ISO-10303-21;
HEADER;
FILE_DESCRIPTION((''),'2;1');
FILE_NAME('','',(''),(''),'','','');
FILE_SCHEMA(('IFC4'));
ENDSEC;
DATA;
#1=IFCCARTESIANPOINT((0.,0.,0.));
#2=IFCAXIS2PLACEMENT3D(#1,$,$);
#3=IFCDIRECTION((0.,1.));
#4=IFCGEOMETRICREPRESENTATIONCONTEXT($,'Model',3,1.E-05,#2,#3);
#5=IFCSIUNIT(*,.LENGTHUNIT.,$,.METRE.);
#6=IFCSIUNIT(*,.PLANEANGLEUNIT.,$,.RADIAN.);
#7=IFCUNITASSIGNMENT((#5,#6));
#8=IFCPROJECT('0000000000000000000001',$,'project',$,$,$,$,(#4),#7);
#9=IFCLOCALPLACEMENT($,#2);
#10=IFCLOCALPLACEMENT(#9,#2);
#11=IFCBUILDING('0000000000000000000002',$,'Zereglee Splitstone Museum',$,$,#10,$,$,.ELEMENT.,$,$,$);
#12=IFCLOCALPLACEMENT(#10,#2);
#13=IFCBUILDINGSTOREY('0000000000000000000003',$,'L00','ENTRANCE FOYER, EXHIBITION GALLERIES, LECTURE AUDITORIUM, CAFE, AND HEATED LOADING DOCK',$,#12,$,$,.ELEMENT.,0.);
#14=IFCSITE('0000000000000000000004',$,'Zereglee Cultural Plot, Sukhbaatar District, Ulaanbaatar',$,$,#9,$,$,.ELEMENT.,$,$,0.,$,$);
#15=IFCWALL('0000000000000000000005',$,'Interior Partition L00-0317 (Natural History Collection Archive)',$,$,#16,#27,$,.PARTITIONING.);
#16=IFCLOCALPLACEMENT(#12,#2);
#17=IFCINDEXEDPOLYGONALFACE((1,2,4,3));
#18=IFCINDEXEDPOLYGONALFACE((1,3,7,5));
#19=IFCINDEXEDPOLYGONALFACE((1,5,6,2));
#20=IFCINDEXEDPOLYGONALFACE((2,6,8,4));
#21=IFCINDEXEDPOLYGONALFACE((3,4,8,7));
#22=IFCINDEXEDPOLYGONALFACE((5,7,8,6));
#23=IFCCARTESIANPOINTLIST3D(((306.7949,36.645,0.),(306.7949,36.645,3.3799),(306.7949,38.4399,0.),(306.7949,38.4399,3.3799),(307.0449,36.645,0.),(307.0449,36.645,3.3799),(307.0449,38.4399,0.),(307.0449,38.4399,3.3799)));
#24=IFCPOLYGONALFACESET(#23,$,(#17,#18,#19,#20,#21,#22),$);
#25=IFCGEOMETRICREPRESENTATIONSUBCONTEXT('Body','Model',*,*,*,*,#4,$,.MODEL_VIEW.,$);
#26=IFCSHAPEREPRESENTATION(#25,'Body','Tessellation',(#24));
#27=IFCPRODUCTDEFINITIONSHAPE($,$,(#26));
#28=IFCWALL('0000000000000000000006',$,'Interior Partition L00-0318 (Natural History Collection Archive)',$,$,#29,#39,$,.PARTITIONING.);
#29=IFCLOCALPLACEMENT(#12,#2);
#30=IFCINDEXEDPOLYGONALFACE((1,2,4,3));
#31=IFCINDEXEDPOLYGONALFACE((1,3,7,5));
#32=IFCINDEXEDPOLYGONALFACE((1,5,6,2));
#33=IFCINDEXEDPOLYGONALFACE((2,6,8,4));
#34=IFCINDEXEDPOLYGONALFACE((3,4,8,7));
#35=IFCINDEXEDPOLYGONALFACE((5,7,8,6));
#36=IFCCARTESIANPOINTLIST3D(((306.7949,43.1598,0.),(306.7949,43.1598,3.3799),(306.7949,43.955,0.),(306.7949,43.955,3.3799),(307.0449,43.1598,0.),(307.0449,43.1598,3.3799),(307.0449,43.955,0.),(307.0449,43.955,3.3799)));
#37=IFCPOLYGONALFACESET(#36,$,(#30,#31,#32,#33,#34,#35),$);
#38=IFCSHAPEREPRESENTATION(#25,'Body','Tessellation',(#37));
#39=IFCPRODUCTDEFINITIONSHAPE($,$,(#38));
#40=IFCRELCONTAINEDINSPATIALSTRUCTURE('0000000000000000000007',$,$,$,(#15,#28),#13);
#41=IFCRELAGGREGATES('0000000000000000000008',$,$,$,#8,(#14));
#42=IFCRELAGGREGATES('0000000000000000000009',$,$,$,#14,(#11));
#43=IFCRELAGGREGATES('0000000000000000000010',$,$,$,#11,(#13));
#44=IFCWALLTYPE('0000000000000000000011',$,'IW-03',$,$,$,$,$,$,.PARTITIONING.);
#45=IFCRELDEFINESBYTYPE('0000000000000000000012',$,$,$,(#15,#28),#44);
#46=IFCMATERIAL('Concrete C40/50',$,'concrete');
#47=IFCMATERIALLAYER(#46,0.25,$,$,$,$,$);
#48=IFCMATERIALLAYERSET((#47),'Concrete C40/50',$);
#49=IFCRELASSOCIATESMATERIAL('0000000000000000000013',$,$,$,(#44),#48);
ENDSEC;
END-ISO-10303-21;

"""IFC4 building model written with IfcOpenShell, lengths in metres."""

from ifc_helpers import new_model, si_unit, direction, frame, frame_2d, origin, place, context, subcontext, project, spatial, rectangle, extrude, material, layer, layer_set, type_object, element, save


model = new_model("IFC4")

# Units and contexts
model_context = context("Model", 3, precision=1e-05, world=origin(), true_north=direction((0.0, 1.0)))
body_context = subcontext(model_context, "Body", "Model", "MODEL_VIEW")
ifc_project = project(units=[si_unit("LENGTHUNIT", "METRE"), si_unit("PLANEANGLEUNIT", "RADIAN")], contexts=[model_context])

# Site, building, storey
site_placement = place(None, origin())
site = spatial("IfcSite", under=ifc_project, at=site_placement, Name="Zereglee Cultural Plot, Sukhbaatar District, Ulaanbaatar", CompositionType="ELEMENT", RefElevation=0.0)
building_placement = place(site_placement, origin())
building = spatial("IfcBuilding", under=site, at=building_placement, Name="Zereglee Splitstone Museum", CompositionType="ELEMENT")
storey_placement = place(building_placement, origin())
storey = spatial("IfcBuildingStorey", under=building, at=storey_placement, Name="L00", Description="ENTRANCE FOYER, EXHIBITION GALLERIES, LECTURE AUDITORIUM, CAFE, AND HEATED LOADING DOCK", CompositionType="ELEMENT", Elevation=0.0)

# Walls
ifc_material_1 = material(Name="Concrete C40/50", Category="concrete")
ifc_layer_1 = layer(ifc_material_1, 0.25)
ifc_layer_set_1 = layer_set([ifc_layer_1], Name="Concrete C40/50")
wall_type_1 = type_object("IfcWallType", Name="IW-03", PredefinedType="PARTITIONING", material=ifc_layer_set_1)
wall_1_placement = place(storey_placement, frame((306.9199, 36.645, 0.0), z_axis=(0.0, 0.0, 1.0), x_axis=(0.0, 1.0, 0.0)))
element("IfcWall", 1, at=wall_1_placement, inside=storey, type_object=wall_type_1, Name="Interior Partition L00-0317 (Natural History Collection Archive)", PredefinedType="PARTITIONING", context=body_context, shape_type="SweptSolid", body=[
    extrude(rectangle(XDim=1.7949, YDim=0.25, at=frame_2d((0.8975, 0.0))), origin(), (0.0, 0.0, 1.0), 3.3799),
])
wall_2_placement = place(storey_placement, frame((306.9199, 43.1599, 0.0), z_axis=(0.0, 0.0, 1.0), x_axis=(0.0, 1.0, 0.0)))
element("IfcWall", 2, at=wall_2_placement, inside=storey, type_object=wall_type_1, Name="Interior Partition L00-0318 (Natural History Collection Archive)", PredefinedType="PARTITIONING", context=body_context, shape_type="SweptSolid", body=[
    extrude(rectangle(XDim=0.7952, YDim=0.25, at=frame_2d((0.3975, 0.0))), origin(), (0.0, 0.0, 1.0), 3.3799),
])

save(model, "model.ifc")
